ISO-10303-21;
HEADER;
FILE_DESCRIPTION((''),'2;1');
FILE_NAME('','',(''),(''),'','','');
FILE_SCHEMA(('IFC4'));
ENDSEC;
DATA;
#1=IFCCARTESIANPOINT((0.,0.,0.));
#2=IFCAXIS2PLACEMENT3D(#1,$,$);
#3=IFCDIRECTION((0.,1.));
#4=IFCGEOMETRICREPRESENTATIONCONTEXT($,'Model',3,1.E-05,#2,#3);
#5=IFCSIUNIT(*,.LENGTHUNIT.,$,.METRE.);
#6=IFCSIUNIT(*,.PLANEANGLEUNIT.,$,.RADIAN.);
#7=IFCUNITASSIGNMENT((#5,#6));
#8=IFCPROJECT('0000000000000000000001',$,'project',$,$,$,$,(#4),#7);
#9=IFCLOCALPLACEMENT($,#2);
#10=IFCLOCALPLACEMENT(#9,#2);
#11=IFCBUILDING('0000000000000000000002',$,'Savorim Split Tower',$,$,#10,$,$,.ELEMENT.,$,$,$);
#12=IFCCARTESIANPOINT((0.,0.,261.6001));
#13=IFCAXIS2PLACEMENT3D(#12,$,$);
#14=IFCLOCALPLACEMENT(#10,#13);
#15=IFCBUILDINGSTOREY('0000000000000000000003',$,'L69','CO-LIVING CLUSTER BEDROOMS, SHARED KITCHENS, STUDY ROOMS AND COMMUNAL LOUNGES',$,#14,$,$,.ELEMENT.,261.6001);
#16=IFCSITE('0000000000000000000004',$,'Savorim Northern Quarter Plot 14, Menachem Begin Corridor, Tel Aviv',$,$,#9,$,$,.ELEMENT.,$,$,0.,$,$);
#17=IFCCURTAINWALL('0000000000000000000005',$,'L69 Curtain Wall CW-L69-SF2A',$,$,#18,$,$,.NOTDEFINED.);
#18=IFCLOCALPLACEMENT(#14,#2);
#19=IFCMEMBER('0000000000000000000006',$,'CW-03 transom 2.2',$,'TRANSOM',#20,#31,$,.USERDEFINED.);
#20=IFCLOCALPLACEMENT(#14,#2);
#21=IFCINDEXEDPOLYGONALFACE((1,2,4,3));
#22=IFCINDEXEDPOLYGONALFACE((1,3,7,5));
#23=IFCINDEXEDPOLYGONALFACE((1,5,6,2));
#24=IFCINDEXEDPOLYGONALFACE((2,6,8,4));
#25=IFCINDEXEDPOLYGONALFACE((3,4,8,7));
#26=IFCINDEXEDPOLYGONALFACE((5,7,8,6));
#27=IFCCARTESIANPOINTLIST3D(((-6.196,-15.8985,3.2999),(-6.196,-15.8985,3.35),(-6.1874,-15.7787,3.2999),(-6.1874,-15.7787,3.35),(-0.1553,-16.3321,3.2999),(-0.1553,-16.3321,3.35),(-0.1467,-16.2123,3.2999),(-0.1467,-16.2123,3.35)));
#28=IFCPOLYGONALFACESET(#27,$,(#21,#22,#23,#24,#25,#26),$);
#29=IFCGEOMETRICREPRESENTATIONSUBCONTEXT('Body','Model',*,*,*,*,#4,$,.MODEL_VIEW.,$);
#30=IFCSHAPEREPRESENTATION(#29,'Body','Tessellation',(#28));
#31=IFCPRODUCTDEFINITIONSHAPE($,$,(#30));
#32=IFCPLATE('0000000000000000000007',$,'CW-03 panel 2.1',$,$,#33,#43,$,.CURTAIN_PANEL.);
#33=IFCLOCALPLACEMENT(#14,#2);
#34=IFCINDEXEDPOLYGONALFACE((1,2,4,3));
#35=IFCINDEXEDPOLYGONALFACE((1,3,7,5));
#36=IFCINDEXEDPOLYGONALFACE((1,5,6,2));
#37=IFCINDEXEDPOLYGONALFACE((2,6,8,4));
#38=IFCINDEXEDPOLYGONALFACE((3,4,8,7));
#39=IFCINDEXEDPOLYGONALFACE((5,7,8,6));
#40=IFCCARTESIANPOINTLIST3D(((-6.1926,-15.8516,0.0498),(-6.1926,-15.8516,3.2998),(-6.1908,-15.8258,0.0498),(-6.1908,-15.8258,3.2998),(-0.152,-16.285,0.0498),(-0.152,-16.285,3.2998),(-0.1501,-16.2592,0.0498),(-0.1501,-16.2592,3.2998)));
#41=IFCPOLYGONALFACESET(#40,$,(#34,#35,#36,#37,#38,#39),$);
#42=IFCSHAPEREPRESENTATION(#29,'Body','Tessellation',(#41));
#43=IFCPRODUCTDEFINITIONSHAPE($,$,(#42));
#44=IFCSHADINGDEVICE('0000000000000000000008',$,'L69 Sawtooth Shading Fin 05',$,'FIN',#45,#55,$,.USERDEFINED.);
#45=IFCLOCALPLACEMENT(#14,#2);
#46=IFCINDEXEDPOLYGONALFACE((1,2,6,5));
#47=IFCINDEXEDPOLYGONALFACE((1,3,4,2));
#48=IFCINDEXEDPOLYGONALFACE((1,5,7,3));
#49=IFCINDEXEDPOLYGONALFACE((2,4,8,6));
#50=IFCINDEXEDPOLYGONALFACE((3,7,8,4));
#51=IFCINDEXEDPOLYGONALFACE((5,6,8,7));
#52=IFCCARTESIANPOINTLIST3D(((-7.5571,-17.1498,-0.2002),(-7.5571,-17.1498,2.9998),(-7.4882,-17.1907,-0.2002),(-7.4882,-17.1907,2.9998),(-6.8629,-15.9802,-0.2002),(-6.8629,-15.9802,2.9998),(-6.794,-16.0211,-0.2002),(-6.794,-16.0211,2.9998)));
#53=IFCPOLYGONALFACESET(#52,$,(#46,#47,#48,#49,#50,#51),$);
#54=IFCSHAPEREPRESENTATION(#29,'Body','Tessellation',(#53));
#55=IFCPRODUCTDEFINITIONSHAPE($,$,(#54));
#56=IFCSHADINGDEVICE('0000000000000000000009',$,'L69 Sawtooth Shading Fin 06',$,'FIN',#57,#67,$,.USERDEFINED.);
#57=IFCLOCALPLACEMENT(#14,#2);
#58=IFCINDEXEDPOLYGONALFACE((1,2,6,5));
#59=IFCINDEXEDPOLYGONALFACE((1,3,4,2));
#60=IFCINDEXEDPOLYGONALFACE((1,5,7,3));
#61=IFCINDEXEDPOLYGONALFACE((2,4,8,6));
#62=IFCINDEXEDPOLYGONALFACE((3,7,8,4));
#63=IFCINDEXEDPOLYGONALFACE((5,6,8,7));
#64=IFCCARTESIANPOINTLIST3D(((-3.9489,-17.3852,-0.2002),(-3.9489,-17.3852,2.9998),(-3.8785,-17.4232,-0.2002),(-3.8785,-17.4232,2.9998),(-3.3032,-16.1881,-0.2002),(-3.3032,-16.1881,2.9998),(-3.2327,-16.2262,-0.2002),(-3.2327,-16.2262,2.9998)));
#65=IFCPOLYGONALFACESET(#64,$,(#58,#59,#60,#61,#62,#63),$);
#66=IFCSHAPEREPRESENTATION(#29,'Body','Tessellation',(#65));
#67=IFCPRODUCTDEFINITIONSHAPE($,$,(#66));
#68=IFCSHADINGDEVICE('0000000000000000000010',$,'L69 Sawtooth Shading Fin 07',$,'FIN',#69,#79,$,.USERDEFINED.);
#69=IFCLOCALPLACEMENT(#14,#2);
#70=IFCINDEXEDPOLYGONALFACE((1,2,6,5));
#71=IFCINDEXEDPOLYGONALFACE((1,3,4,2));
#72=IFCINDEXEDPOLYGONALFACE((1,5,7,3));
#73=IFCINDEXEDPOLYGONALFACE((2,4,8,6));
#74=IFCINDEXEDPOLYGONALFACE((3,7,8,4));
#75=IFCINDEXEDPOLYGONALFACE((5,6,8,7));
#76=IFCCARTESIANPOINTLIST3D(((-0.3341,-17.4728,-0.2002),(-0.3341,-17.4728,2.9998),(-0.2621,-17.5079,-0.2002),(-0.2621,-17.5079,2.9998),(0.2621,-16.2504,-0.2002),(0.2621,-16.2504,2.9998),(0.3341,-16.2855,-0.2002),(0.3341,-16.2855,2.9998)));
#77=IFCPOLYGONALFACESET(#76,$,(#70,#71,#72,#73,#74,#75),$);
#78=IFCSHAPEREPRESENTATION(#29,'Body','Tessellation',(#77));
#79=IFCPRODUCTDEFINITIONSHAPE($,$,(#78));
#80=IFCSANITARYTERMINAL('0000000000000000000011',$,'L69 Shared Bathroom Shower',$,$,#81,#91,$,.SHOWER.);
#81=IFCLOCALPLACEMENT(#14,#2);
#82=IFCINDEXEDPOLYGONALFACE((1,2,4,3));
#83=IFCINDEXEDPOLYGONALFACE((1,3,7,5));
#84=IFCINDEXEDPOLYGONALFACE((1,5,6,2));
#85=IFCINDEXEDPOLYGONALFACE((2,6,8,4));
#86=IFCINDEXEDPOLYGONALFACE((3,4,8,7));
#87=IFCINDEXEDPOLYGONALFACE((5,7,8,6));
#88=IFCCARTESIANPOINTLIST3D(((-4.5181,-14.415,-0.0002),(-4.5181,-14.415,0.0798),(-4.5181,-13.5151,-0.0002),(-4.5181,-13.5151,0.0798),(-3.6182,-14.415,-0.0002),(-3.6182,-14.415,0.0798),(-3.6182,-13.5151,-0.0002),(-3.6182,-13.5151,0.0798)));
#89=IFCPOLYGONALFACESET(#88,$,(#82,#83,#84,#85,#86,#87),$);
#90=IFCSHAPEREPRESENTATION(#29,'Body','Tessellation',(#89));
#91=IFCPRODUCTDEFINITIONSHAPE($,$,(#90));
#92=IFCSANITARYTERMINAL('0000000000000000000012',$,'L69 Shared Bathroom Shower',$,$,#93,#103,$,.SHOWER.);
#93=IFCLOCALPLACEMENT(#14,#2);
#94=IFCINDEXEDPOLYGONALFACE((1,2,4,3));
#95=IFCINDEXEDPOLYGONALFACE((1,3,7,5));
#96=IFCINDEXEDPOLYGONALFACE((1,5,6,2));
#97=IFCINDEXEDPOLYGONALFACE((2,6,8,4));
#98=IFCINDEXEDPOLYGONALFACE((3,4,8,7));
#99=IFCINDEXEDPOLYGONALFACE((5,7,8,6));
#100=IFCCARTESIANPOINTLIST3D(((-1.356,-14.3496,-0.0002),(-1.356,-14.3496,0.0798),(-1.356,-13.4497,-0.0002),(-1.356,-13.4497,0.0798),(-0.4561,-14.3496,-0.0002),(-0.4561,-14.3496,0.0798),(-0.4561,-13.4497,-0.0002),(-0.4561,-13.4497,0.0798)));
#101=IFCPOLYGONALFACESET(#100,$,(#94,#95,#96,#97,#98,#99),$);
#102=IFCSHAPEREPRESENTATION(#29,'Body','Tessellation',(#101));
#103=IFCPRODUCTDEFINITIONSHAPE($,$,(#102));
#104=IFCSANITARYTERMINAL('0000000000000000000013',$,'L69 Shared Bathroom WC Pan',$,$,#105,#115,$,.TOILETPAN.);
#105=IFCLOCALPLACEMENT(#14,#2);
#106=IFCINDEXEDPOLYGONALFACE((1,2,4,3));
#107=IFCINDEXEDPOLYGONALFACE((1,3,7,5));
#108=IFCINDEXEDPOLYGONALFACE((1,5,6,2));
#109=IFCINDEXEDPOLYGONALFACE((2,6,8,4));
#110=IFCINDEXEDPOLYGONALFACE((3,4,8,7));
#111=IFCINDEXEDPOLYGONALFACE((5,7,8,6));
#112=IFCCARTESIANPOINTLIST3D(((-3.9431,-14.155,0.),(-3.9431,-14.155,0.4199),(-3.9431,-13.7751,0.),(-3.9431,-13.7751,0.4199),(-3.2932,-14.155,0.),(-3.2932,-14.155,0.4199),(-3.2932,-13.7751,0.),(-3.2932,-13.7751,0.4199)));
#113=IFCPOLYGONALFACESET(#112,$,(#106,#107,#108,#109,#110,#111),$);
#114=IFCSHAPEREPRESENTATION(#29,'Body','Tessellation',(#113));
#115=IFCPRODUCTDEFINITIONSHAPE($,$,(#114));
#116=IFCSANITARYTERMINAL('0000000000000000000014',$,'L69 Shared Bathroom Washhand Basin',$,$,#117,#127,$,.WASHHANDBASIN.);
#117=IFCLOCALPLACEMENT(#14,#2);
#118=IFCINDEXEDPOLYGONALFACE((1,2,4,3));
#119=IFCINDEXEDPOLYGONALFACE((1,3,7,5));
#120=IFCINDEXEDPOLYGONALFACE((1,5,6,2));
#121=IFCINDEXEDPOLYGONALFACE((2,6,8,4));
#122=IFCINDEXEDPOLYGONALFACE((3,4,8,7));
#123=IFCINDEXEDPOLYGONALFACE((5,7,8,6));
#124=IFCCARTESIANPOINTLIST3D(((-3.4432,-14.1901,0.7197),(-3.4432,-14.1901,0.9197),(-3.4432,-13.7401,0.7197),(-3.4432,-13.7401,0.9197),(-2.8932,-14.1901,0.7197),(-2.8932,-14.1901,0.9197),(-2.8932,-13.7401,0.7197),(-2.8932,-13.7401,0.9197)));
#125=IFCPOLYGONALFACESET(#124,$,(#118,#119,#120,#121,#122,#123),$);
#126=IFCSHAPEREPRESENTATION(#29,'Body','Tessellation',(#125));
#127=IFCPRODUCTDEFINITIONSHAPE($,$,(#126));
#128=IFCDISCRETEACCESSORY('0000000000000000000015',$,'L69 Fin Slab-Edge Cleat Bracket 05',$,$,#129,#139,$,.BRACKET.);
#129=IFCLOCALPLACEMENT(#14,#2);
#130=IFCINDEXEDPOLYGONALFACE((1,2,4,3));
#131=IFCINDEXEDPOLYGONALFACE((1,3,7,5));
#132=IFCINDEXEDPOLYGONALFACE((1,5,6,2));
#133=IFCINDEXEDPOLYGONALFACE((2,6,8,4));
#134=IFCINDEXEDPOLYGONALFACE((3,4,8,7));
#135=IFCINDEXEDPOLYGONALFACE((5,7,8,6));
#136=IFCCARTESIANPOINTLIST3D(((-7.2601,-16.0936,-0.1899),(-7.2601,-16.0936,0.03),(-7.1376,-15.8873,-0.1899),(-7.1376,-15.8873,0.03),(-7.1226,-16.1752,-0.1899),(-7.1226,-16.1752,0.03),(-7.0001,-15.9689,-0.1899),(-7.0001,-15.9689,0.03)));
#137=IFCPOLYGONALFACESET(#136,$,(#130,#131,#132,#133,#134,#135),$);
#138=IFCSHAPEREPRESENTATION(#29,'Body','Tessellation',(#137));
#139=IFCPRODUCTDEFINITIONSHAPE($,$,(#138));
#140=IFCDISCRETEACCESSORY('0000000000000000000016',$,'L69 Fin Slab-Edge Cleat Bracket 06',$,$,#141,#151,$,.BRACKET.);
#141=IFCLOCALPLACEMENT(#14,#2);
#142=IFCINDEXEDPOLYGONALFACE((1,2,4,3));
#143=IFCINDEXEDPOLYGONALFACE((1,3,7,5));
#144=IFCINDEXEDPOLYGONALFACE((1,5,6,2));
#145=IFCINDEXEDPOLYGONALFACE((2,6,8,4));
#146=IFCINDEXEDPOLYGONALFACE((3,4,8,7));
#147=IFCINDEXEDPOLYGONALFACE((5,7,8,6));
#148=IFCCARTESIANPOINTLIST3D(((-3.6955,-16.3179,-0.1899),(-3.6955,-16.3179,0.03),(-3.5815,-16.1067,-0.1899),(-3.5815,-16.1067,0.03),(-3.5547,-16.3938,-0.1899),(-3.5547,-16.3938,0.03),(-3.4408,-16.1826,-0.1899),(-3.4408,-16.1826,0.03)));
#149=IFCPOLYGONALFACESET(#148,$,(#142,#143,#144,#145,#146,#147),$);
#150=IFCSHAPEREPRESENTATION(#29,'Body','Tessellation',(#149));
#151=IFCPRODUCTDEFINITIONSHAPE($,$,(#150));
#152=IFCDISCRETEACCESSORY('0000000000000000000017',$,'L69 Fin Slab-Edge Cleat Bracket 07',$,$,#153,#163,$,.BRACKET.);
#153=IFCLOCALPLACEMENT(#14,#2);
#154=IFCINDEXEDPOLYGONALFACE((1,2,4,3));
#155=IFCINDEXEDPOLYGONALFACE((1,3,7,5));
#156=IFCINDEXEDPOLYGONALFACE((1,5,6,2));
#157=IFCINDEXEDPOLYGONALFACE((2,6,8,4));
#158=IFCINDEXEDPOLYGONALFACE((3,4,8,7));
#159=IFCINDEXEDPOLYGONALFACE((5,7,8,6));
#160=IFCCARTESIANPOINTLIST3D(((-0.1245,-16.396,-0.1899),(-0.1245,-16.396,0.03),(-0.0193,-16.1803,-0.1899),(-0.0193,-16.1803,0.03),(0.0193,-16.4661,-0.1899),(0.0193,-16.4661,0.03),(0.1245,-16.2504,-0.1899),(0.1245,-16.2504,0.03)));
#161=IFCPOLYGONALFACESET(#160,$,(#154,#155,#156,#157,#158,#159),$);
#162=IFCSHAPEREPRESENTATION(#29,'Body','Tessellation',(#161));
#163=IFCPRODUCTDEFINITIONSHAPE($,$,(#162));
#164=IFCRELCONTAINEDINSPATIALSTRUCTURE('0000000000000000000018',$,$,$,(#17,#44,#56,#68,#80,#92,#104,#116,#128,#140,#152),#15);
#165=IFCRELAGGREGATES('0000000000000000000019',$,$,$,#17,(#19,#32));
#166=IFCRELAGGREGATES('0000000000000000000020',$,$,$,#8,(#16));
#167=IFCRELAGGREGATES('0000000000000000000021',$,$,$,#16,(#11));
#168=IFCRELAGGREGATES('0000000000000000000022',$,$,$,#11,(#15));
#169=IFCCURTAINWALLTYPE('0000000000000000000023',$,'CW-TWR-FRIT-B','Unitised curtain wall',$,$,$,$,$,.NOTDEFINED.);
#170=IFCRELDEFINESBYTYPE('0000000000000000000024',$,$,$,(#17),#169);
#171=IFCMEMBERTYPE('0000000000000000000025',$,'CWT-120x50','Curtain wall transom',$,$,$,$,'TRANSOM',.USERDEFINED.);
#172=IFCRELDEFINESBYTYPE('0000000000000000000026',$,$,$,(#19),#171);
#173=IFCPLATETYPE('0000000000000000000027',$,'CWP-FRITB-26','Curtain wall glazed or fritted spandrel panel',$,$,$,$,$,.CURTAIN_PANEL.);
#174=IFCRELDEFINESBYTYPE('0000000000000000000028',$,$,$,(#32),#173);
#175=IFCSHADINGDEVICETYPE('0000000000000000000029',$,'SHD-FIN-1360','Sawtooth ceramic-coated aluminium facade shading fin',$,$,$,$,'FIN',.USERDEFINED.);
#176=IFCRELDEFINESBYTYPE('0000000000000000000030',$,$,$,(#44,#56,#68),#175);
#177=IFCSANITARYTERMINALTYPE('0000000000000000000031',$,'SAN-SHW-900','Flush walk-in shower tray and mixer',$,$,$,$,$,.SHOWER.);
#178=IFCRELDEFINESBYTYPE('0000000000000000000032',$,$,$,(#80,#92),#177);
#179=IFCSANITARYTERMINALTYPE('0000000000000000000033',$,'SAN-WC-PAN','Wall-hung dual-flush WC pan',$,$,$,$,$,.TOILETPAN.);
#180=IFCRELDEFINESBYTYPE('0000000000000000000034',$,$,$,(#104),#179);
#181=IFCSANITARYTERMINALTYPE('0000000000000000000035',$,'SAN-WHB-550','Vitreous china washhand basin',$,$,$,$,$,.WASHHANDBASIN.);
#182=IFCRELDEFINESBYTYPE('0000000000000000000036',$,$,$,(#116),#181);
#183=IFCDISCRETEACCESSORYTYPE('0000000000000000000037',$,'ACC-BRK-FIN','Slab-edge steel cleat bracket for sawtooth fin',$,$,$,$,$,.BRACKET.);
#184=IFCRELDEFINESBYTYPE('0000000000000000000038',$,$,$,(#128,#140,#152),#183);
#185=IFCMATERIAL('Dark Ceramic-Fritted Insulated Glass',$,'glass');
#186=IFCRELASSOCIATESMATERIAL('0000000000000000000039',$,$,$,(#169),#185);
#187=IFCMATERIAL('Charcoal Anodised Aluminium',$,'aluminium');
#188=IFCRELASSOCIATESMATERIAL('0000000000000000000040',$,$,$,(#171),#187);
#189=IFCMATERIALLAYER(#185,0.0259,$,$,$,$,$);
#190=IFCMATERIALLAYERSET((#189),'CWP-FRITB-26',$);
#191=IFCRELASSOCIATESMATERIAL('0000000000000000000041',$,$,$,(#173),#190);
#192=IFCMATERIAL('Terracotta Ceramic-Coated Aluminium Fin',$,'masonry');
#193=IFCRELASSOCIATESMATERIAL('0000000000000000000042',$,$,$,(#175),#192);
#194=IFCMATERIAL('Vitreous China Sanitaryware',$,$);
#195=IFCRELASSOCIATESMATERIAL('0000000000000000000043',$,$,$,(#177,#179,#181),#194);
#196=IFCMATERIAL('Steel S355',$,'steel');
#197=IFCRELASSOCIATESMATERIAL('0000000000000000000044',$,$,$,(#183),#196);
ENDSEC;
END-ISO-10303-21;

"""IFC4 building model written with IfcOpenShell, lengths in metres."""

from ifc_helpers import new_model, si_unit, direction, frame, origin, origin_2d, place, context, subcontext, project, spatial, rectangle, extrude, material, layer, layer_set, material_profile, profile_set, type_object, element, aggregate, save


model = new_model("IFC4")

# Units and contexts
model_context = context("Model", 3, precision=1e-05, world=origin(), true_north=direction((0.0, 1.0)))
body_context = subcontext(model_context, "Body", "Model", "MODEL_VIEW")
ifc_project = project(units=[si_unit("LENGTHUNIT", "METRE"), si_unit("PLANEANGLEUNIT", "RADIAN")], contexts=[model_context])

# Site, building, storey
site_placement = place(None, origin())
site = spatial("IfcSite", under=ifc_project, at=site_placement, Name="Savorim Northern Quarter Plot 14, Menachem Begin Corridor, Tel Aviv", CompositionType="ELEMENT", RefElevation=0.0)
building_placement = place(site_placement, origin())
building = spatial("IfcBuilding", under=site, at=building_placement, Name="Savorim Split Tower", CompositionType="ELEMENT")
storey_placement = place(building_placement, frame((0.0, 0.0, 261.6001)))
storey = spatial("IfcBuildingStorey", under=building, at=storey_placement, Name="L69", Description="CO-LIVING CLUSTER BEDROOMS, SHARED KITCHENS, STUDY ROOMS AND COMMUNAL LOUNGES", CompositionType="ELEMENT", Elevation=261.6001)

# Shared definitions
ifc_material_1 = material(Name="Steel S355", Category="steel")

# Curtain wall, member, plate
ifc_material_2 = material(Name="Dark Ceramic-Fritted Insulated Glass", Category="glass")
curtain_wall_type = type_object("IfcCurtainWallType", Name="CW-TWR-FRIT-B", Description="Unitised curtain wall", PredefinedType="NOTDEFINED", material=ifc_material_2)
curtain_wall_placement = place(storey_placement, origin())
curtain_wall = element("IfcCurtainWall", 1, at=curtain_wall_placement, inside=storey, type_object=curtain_wall_type, Name="L69 Curtain Wall CW-L69-SF2A", PredefinedType="NOTDEFINED")
ifc_material_3 = material(Name="Charcoal Anodised Aluminium", Category="aluminium")
ifc_material_profile_1 = material_profile(ifc_material_3, rectangle(XDim=0.1201, YDim=0.05, at=origin_2d()), Name="ALU-T 120x50")
ifc_profile_set_1 = profile_set([ifc_material_profile_1], Name="Charcoal Anodised Aluminium")
member_type_1 = type_object("IfcMemberType", Name="CWT-120x50", Description="Curtain wall transom", ElementType="TRANSOM", PredefinedType="USERDEFINED", material=ifc_profile_set_1)
member_1_placement = place(storey_placement, frame((-6.1917, -15.8386, 3.325), z_axis=(0.997434, -0.071597, 0.0), x_axis=(0.071597, 0.997434, 0.0)))
member_1 = element("IfcMember", 2, at=member_1_placement, type_object=member_type_1, Name="CW-03 transom 2.2", ObjectType="TRANSOM", PredefinedType="USERDEFINED", context=body_context, shape_type="SweptSolid", body=[
    extrude(rectangle(XDim=0.1201, YDim=0.05, at=origin_2d()), origin(), (0.0, 0.0, 1.0), 6.0562),
])
ifc_layer = layer(ifc_material_2, 0.0259)
ifc_layer_set = layer_set([ifc_layer], Name="CWP-FRITB-26")
plate_type = type_object("IfcPlateType", Name="CWP-FRITB-26", Description="Curtain wall glazed or fritted spandrel panel", PredefinedType="CURTAIN_PANEL", material=ifc_layer_set)
plate_placement = place(storey_placement, frame((-3.1714, -16.0554, 0.0498), z_axis=(0.0, 0.0, 1.0), x_axis=(0.997436, -0.071564, 0.0)))
plate = element("IfcPlate", 3, at=plate_placement, type_object=plate_type, Name="CW-03 panel 2.1", PredefinedType="CURTAIN_PANEL", context=body_context, shape_type="SweptSolid", body=[
    extrude(rectangle(XDim=6.0562, YDim=0.0259, at=origin_2d()), origin(), (0.0, 0.0, 1.0), 3.25),
])
aggregate(curtain_wall, [member_1, plate])

# Shading devices
ifc_material_4 = material(Name="Terracotta Ceramic-Coated Aluminium Fin", Category="masonry")
shading_device_type = type_object("IfcShadingDeviceType", Name="SHD-FIN-1360", Description="Sawtooth ceramic-coated aluminium facade shading fin", ElementType="FIN", PredefinedType="USERDEFINED", material=ifc_material_4)
for number, where, z_axis, x_axis, name in (
    (4, (-7.1755, -16.5854, -0.2002), (0.0, 0.0, 1.0), (-0.510391, -0.859942, 0.0), "L69 Sawtooth Shading Fin 05"),
    (5, (-3.5908, -16.8057, -0.2002), (0.0, 0.0, 1.0), (-0.474778, -0.880106, 0.0), "L69 Sawtooth Shading Fin 06"),
    (6, (0.0, -16.8792, -0.2002), (0.0, 0.0, 1.0), (-0.438371, -0.898794, 0.0), "L69 Sawtooth Shading Fin 07"),
):
    element("IfcShadingDevice", number, at=place(storey_placement, frame(where, z_axis=z_axis, x_axis=x_axis)), inside=storey, type_object=shading_device_type, Name=name, ObjectType="FIN", PredefinedType="USERDEFINED", context=body_context, shape_type="SweptSolid", body=[
        extrude(rectangle(XDim=1.3601, YDim=0.0801, at=origin_2d()), origin(), (0.0, 0.0, 1.0), 3.2),
    ])

# Sanitary terminals
ifc_material_5 = material(Name="Vitreous China Sanitaryware")
sanitary_terminal_type_1 = type_object("IfcSanitaryTerminalType", Name="SAN-SHW-900", Description="Flush walk-in shower tray and mixer", PredefinedType="SHOWER", material=ifc_material_5)
for number, where, z_axis, x_axis, name in (
    (7, (-4.0681, -13.9651, -0.0002), (0.0, 0.0, 1.0), (1.0, 0.0, 0.0), "L69 Shared Bathroom Shower"),
    (8, (-0.906, -13.8997, -0.0002), (0.0, 0.0, 1.0), (1.0, 0.0, 0.0), "L69 Shared Bathroom Shower"),
):
    element("IfcSanitaryTerminal", number, at=place(storey_placement, frame(where, z_axis=z_axis, x_axis=x_axis)), inside=storey, type_object=sanitary_terminal_type_1, Name=name, PredefinedType="SHOWER", context=body_context, shape_type="SweptSolid", body=[
        extrude(rectangle(XDim=0.8999, YDim=0.8999, at=origin_2d()), origin(), (0.0, 0.0, 1.0), 0.0801),
    ])
sanitary_terminal_type_2 = type_object("IfcSanitaryTerminalType", Name="SAN-WC-PAN", Description="Wall-hung dual-flush WC pan", PredefinedType="TOILETPAN", material=ifc_material_5)
sanitary_terminal_1_placement = place(storey_placement, frame((-3.6182, -13.9651, 0.0), z_axis=(0.0, 0.0, 1.0), x_axis=(1.0, 0.0, 0.0)))
element("IfcSanitaryTerminal", 9, at=sanitary_terminal_1_placement, inside=storey, type_object=sanitary_terminal_type_2, Name="L69 Shared Bathroom WC Pan", PredefinedType="TOILETPAN", context=body_context, shape_type="SweptSolid", body=[
    extrude(rectangle(XDim=0.6499, YDim=0.3799, at=origin_2d()), origin(), (0.0, 0.0, 1.0), 0.4199),
])
sanitary_terminal_type_3 = type_object("IfcSanitaryTerminalType", Name="SAN-WHB-550", Description="Vitreous china washhand basin", PredefinedType="WASHHANDBASIN", material=ifc_material_5)
sanitary_terminal_2_placement = place(storey_placement, frame((-3.1682, -13.9651, 0.7197), z_axis=(0.0, 0.0, 1.0), x_axis=(1.0, 0.0, 0.0)))
element("IfcSanitaryTerminal", 10, at=sanitary_terminal_2_placement, inside=storey, type_object=sanitary_terminal_type_3, Name="L69 Shared Bathroom Washhand Basin", PredefinedType="WASHHANDBASIN", context=body_context, shape_type="SweptSolid", body=[
    extrude(rectangle(XDim=0.55, YDim=0.45, at=origin_2d()), origin(), (0.0, 0.0, 1.0), 0.2),
])

# Discrete accessories
discrete_accessory_type = type_object("IfcDiscreteAccessoryType", Name="ACC-BRK-FIN", Description="Slab-edge steel cleat bracket for sawtooth fin", PredefinedType="BRACKET", material=ifc_material_1)
for number, where, z_axis, x_axis, name in (
    (11, (-7.1301, -16.0312, -0.1899), (0.0, 0.0, 1.0), (-0.510391, -0.859942, 0.0), "L69 Fin Slab-Edge Cleat Bracket 05"),
    (12, (-3.5681, -16.2502, -0.1899), (0.0, 0.0, 1.0), (-0.474778, -0.880106, 0.0), "L69 Fin Slab-Edge Cleat Bracket 06"),
    (13, (0.0, -16.3232, -0.1899), (0.0, 0.0, 1.0), (-0.438371, -0.898794, 0.0), "L69 Fin Slab-Edge Cleat Bracket 07"),
):
    element("IfcDiscreteAccessory", number, at=place(storey_placement, frame(where, z_axis=z_axis, x_axis=x_axis)), inside=storey, type_object=discrete_accessory_type, Name=name, PredefinedType="BRACKET", context=body_context, shape_type="SweptSolid", body=[
        extrude(rectangle(XDim=0.24, YDim=0.1599, at=origin_2d()), origin(), (0.0, 0.0, 1.0), 0.22),
    ])

save(model, "model.ifc")
